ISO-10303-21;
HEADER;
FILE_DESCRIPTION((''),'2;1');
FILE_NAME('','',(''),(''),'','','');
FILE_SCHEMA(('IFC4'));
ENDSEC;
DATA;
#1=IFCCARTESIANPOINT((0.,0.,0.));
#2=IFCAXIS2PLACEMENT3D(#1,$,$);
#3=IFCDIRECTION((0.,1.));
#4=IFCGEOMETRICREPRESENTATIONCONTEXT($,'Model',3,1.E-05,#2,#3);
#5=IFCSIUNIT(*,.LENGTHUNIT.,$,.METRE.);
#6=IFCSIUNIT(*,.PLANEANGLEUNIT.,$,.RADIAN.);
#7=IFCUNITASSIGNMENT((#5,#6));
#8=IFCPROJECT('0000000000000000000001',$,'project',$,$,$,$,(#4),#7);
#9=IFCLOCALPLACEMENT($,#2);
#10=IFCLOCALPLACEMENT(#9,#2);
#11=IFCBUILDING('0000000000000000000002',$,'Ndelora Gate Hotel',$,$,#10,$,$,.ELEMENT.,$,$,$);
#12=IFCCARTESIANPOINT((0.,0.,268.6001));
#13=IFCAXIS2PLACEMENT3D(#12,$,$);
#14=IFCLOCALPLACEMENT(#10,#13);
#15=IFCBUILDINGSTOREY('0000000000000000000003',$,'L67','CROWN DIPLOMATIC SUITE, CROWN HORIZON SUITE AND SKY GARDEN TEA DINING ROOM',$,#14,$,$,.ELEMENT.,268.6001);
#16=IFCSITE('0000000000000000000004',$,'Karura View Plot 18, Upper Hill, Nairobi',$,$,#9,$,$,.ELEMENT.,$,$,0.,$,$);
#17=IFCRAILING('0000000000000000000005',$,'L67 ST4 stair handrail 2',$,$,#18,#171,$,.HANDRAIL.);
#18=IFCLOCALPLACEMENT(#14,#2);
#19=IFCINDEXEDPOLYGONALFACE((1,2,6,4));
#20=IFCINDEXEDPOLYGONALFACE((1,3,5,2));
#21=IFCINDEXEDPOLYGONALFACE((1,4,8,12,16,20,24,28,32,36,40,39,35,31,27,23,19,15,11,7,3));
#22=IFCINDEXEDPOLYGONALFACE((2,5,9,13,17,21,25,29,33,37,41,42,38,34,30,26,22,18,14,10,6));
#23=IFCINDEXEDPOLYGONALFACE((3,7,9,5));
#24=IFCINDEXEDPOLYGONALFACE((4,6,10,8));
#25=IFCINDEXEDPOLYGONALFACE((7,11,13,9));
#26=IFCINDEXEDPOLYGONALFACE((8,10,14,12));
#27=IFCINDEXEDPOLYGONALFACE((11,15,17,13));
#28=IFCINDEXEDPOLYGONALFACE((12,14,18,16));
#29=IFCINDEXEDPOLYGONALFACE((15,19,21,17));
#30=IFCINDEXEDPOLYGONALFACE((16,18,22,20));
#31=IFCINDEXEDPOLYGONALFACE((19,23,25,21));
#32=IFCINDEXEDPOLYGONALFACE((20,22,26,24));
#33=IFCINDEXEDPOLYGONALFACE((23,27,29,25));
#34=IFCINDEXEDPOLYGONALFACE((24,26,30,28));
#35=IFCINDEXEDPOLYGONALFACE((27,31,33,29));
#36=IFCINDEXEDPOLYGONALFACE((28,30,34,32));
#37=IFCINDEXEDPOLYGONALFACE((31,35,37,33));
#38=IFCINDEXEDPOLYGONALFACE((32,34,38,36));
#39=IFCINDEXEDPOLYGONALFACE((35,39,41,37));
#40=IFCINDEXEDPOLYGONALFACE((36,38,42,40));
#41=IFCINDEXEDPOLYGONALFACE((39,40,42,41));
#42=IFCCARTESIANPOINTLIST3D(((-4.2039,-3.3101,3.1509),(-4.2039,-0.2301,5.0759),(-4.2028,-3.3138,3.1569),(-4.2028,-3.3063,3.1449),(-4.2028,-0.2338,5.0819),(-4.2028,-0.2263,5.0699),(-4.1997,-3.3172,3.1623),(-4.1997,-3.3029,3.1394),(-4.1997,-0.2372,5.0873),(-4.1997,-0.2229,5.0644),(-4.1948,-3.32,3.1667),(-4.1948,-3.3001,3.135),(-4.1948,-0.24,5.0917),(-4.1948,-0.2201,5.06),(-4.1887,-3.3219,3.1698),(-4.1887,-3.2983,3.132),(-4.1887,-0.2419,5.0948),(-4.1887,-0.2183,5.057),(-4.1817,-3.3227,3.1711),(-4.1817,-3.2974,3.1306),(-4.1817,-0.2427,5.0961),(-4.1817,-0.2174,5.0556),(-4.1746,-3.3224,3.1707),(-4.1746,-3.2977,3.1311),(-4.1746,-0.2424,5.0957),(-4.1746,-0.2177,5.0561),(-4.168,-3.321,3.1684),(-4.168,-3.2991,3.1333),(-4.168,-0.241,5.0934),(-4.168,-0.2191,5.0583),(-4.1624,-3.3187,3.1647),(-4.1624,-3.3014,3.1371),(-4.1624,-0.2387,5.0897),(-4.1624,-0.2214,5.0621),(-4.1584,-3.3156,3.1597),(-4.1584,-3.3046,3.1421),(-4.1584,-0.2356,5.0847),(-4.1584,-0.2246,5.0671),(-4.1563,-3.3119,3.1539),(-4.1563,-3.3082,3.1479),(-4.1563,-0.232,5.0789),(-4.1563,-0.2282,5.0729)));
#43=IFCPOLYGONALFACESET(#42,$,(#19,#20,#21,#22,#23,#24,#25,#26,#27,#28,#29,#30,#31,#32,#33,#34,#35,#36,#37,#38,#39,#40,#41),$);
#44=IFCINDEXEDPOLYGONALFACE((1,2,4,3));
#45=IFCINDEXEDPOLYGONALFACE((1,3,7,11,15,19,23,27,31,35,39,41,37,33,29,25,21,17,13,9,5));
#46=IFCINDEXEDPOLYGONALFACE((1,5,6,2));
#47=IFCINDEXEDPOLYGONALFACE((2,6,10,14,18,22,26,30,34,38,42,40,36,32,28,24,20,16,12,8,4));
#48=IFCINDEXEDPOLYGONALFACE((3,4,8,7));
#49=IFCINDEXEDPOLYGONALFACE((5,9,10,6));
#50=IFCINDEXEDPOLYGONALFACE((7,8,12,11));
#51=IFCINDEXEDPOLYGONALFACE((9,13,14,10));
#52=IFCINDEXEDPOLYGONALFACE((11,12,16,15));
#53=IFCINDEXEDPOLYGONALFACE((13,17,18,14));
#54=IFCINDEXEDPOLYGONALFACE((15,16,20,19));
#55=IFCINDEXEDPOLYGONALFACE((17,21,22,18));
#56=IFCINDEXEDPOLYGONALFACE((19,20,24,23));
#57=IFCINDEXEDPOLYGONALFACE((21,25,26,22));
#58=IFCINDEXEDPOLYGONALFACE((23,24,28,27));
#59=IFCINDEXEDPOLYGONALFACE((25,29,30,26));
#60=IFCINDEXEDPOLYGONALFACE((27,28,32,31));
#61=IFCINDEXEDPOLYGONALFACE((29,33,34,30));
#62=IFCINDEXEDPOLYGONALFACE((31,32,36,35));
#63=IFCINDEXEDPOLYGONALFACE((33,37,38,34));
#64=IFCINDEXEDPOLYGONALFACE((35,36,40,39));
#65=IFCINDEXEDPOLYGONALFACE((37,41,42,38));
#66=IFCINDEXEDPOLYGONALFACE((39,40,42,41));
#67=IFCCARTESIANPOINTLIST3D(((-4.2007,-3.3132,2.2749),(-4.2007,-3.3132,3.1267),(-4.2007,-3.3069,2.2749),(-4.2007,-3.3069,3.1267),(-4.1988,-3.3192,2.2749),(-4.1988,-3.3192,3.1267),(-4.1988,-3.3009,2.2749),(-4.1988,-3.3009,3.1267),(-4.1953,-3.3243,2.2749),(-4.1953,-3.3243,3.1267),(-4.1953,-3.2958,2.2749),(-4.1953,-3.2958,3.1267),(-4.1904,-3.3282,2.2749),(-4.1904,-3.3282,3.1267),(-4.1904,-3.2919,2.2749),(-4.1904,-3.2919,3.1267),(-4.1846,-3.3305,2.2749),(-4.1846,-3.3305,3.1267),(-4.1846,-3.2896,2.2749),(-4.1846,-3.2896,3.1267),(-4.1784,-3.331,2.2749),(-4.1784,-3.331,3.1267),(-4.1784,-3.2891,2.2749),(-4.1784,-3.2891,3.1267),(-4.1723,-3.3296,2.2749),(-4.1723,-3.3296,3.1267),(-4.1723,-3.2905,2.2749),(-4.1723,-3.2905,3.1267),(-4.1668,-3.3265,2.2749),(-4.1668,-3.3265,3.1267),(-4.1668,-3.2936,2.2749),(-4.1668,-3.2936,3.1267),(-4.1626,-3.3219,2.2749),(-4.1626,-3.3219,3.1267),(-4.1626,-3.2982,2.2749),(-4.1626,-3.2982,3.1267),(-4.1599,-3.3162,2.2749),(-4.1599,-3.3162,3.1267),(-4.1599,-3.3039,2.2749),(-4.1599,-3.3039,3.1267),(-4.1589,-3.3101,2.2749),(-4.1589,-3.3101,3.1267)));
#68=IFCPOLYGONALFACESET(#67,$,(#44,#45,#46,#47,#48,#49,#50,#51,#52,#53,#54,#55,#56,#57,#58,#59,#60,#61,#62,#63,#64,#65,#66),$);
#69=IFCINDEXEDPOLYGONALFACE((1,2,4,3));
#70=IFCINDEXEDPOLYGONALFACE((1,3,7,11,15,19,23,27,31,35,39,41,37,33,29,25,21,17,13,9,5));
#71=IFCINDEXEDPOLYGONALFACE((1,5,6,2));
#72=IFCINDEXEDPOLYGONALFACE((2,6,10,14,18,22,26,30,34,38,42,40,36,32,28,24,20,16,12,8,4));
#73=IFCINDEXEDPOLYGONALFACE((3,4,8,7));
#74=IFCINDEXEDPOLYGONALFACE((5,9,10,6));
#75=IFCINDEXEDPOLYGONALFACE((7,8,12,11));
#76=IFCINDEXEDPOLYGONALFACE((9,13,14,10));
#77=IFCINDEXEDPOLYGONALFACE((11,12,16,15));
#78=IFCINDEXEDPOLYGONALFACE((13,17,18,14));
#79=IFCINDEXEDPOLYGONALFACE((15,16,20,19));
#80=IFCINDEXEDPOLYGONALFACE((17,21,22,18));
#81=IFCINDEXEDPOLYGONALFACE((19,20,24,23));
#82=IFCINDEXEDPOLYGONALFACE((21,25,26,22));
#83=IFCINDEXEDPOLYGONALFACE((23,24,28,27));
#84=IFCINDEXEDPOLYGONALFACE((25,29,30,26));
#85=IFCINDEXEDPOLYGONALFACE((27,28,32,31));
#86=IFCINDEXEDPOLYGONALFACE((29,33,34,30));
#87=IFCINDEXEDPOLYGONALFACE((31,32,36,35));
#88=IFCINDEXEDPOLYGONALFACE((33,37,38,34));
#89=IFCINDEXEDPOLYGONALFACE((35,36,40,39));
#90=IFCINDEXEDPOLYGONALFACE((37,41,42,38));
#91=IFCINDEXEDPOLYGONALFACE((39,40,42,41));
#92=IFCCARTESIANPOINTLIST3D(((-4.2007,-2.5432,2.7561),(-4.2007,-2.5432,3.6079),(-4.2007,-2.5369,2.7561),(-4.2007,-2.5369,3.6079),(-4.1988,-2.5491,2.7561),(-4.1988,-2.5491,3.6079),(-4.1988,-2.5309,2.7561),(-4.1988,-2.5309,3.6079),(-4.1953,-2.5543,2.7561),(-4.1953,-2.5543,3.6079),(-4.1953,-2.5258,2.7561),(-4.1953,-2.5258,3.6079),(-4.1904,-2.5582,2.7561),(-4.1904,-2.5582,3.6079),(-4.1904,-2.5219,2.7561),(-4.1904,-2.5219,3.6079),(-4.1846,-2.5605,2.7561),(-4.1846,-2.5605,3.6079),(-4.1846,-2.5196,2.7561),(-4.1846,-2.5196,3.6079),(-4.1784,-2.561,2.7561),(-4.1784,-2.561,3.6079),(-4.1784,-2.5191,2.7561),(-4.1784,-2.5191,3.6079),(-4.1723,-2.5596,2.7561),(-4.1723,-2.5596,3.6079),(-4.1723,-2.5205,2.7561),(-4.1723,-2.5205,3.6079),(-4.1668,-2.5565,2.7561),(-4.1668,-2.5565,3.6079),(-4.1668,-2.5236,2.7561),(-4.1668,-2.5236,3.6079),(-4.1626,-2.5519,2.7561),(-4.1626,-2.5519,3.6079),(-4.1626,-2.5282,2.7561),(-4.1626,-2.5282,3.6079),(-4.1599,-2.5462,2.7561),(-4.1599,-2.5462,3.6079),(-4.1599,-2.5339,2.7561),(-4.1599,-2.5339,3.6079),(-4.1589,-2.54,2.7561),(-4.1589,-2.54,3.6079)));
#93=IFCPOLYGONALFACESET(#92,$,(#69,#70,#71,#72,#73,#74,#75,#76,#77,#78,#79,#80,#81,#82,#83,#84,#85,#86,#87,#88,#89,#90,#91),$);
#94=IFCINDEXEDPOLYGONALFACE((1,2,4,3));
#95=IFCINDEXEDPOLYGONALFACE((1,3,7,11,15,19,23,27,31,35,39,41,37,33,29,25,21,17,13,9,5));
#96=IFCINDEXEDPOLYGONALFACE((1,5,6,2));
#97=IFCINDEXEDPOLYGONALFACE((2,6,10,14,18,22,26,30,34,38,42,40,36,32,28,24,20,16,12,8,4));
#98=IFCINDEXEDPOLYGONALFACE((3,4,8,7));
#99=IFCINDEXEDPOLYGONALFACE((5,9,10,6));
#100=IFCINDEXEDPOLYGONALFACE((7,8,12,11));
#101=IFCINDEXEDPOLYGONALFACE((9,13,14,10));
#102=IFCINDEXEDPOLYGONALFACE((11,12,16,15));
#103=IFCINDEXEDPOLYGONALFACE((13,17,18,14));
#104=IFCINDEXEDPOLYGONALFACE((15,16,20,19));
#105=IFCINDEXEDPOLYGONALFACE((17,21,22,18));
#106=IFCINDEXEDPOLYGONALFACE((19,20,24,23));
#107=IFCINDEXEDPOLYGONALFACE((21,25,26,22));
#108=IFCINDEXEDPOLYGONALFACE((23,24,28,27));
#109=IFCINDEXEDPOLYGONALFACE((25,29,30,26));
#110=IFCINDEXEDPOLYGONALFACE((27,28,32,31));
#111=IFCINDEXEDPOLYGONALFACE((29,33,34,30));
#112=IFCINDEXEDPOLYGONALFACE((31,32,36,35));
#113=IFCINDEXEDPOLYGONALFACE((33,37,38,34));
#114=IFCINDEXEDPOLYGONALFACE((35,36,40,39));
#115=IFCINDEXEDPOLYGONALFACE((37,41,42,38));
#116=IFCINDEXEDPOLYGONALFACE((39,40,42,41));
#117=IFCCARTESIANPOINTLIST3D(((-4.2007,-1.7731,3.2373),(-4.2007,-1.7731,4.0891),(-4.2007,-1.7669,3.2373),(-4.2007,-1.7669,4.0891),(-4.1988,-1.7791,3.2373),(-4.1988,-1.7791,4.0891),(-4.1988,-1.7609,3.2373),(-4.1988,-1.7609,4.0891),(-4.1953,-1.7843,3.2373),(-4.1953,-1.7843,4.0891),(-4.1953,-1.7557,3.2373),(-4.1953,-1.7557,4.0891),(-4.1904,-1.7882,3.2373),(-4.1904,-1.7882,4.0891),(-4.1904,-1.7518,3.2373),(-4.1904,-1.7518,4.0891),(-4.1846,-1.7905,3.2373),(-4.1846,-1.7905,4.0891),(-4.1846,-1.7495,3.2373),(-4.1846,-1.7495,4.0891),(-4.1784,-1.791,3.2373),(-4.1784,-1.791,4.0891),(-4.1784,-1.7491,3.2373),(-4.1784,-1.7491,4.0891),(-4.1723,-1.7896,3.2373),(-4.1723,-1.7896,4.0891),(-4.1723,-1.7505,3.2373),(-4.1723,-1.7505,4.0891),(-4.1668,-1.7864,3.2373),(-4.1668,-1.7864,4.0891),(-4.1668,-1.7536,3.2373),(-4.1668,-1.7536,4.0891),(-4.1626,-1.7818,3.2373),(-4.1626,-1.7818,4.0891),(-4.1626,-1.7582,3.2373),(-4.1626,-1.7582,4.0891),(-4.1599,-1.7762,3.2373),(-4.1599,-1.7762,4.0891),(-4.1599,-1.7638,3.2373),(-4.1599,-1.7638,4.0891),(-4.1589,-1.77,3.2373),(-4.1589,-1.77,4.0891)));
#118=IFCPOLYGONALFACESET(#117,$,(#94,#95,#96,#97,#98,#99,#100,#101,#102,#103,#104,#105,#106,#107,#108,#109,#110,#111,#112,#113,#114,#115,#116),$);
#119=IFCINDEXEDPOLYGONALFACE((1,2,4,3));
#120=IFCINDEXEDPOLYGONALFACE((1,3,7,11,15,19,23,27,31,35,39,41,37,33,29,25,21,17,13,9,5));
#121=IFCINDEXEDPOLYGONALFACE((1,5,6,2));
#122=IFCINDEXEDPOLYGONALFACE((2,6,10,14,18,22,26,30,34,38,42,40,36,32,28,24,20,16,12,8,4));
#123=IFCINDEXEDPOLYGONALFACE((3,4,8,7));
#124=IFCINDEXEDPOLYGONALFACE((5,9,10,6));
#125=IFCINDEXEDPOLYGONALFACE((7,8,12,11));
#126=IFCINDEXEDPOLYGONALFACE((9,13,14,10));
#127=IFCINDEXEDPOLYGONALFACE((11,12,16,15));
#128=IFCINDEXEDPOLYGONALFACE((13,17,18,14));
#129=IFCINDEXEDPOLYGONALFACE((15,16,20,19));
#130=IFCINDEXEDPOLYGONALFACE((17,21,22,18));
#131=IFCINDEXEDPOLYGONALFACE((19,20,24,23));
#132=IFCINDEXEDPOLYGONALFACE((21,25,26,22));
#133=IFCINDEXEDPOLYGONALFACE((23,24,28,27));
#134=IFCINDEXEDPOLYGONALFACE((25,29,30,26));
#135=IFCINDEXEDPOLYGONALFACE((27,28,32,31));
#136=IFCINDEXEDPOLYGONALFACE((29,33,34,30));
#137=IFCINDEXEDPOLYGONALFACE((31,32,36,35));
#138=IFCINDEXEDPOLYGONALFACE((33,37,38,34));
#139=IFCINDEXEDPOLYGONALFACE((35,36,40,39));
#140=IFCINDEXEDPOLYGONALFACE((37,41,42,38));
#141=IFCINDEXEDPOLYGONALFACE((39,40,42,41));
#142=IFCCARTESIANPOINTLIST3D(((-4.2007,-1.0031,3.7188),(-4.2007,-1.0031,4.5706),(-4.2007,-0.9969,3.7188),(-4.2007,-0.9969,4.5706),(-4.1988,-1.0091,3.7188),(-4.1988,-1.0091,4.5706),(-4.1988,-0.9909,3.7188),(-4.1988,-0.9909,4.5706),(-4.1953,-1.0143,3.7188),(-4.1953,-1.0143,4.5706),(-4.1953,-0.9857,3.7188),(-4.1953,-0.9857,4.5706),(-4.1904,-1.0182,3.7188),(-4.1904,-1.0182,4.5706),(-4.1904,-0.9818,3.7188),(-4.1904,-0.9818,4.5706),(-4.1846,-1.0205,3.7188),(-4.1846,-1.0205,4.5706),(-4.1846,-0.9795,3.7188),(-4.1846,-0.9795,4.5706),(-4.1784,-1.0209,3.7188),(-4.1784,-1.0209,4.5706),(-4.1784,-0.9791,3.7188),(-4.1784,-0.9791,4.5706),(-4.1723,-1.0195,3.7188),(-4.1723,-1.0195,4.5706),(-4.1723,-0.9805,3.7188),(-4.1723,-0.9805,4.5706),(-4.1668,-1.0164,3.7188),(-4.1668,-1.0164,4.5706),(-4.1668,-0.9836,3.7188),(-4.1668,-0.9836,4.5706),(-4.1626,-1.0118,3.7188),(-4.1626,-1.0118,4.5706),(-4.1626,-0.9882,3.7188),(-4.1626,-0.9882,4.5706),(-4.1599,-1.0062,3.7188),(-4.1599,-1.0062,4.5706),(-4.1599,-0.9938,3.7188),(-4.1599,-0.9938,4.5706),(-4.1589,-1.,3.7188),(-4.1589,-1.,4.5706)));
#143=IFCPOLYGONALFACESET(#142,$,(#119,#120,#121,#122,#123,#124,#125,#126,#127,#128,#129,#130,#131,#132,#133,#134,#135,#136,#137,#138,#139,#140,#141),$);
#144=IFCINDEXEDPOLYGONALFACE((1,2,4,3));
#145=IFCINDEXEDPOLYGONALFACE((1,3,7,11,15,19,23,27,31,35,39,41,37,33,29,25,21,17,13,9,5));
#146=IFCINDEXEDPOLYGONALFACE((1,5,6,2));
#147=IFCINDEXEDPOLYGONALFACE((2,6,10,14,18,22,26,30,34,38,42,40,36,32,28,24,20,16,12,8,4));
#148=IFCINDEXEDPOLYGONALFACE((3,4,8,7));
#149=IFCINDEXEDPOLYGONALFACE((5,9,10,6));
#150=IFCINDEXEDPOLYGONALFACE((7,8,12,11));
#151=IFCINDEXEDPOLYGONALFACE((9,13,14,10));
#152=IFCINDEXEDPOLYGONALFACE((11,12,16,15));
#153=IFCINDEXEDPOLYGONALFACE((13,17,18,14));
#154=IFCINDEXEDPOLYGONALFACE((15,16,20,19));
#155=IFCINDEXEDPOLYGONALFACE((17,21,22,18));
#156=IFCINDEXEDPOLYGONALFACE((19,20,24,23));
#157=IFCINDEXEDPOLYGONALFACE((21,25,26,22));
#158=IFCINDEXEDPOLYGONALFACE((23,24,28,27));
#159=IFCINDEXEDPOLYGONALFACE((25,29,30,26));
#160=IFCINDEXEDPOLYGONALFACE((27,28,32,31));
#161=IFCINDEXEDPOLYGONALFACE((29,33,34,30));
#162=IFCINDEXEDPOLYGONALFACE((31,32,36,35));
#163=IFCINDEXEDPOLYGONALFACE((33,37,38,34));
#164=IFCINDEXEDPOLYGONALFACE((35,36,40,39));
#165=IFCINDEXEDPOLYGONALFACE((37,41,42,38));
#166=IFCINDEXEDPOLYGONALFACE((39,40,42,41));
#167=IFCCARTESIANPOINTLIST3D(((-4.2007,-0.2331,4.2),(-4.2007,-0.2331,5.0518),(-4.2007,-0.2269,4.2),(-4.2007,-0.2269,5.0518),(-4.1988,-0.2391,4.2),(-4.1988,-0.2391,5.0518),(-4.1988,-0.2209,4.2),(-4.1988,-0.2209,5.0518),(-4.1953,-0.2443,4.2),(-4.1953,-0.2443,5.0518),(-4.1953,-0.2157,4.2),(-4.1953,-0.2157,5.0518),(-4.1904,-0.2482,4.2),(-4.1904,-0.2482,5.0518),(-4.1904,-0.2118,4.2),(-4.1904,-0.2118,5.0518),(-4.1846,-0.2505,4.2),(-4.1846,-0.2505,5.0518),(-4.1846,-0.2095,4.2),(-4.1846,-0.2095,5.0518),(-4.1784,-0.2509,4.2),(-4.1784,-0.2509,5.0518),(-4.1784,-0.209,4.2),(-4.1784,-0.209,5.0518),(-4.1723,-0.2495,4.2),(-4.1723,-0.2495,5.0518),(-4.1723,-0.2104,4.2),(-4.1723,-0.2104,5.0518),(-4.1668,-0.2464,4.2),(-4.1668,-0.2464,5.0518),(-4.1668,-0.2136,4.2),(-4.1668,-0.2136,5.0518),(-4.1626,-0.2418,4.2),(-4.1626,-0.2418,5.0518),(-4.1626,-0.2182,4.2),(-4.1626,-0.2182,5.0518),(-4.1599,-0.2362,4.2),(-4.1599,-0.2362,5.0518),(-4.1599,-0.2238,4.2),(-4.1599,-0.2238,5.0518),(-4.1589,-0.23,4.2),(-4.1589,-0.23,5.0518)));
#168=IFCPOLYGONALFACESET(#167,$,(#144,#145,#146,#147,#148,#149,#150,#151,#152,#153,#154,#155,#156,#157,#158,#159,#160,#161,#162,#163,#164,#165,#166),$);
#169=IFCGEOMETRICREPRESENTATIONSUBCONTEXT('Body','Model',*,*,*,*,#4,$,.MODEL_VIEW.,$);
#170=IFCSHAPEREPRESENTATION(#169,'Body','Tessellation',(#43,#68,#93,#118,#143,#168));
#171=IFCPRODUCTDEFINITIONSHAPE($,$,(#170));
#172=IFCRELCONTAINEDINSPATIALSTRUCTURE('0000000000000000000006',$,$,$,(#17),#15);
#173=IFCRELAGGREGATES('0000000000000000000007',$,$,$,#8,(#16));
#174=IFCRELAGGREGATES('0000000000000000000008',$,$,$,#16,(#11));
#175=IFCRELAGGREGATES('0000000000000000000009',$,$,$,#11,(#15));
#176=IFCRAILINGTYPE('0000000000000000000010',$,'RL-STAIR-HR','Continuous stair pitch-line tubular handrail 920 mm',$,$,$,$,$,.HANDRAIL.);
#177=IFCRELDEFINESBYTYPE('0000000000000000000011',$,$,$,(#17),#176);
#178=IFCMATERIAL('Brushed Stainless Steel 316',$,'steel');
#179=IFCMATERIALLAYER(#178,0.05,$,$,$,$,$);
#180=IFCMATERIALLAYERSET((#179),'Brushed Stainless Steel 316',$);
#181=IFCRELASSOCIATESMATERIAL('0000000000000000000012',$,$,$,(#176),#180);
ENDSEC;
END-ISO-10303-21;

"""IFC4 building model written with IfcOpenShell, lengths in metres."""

from ifc_helpers import new_model, si_unit, direction, frame, origin, origin_2d, place, context, subcontext, project, spatial, circle, extrude, material, layer, layer_set, type_object, element, save


model = new_model("IFC4")

# Units and contexts
model_context = context("Model", 3, precision=1e-05, world=origin(), true_north=direction((0.0, 1.0)))
body_context = subcontext(model_context, "Body", "Model", "MODEL_VIEW")
ifc_project = project(units=[si_unit("LENGTHUNIT", "METRE"), si_unit("PLANEANGLEUNIT", "RADIAN")], contexts=[model_context])

# Site, building, storey
site_placement = place(None, origin())
site = spatial("IfcSite", under=ifc_project, at=site_placement, Name="Karura View Plot 18, Upper Hill, Nairobi", CompositionType="ELEMENT", RefElevation=0.0)
building_placement = place(site_placement, origin())
building = spatial("IfcBuilding", under=site, at=building_placement, Name="Ndelora Gate Hotel", CompositionType="ELEMENT")
storey_placement = place(building_placement, frame((0.0, 0.0, 268.6001)))
storey = spatial("IfcBuildingStorey", under=building, at=storey_placement, Name="L67", Description="CROWN DIPLOMATIC SUITE, CROWN HORIZON SUITE AND SKY GARDEN TEA DINING ROOM", CompositionType="ELEMENT", Elevation=268.6001)

# Railing
ifc_material_1 = material(Name="Brushed Stainless Steel 316", Category="steel")
ifc_layer_1 = layer(ifc_material_1, 0.05)
ifc_layer_set_1 = layer_set([ifc_layer_1], Name="Brushed Stainless Steel 316")
railing_type_1 = type_object("IfcRailingType", Name="RL-STAIR-HR", Description="Continuous stair pitch-line tubular handrail 920 mm", PredefinedType="HANDRAIL", material=ifc_layer_set_1)
railing_1_placement = place(storey_placement, frame((-4.1799, -3.3101, 2.2749)))
element("IfcRailing", 1, at=railing_1_placement, inside=storey, type_object=railing_type_1, Name="L67 ST4 stair handrail 2", PredefinedType="HANDRAIL", context=body_context, shape_type="SweptSolid", body=[
    extrude(circle(Radius=0.0239, at=origin_2d()), frame((0.0, 0.0, 0.876), z_axis=(0.0, 0.847998, 0.529999), x_axis=(-1.0, 0.0, 0.0)), (0.0, 0.0, 1.0), 3.6321),
    extrude(circle(Radius=0.021, at=origin_2d()), origin(), (0.0, 0.0, 1.0), 0.8518),
    extrude(circle(Radius=0.021, at=origin_2d()), frame((0.0, 0.77, 0.4812)), (0.0, 0.0, 1.0), 0.8518),
    extrude(circle(Radius=0.021, at=origin_2d()), frame((0.0, 1.54, 0.9624)), (0.0, 0.0, 1.0), 0.8518),
    extrude(circle(Radius=0.021, at=origin_2d()), frame((0.0, 2.3101, 1.4438)), (0.0, 0.0, 1.0), 0.8518),
    extrude(circle(Radius=0.021, at=origin_2d()), frame((0.0, 3.0801, 1.925)), (0.0, 0.0, 1.0), 0.8518),
])

save(model, "model.ifc")
